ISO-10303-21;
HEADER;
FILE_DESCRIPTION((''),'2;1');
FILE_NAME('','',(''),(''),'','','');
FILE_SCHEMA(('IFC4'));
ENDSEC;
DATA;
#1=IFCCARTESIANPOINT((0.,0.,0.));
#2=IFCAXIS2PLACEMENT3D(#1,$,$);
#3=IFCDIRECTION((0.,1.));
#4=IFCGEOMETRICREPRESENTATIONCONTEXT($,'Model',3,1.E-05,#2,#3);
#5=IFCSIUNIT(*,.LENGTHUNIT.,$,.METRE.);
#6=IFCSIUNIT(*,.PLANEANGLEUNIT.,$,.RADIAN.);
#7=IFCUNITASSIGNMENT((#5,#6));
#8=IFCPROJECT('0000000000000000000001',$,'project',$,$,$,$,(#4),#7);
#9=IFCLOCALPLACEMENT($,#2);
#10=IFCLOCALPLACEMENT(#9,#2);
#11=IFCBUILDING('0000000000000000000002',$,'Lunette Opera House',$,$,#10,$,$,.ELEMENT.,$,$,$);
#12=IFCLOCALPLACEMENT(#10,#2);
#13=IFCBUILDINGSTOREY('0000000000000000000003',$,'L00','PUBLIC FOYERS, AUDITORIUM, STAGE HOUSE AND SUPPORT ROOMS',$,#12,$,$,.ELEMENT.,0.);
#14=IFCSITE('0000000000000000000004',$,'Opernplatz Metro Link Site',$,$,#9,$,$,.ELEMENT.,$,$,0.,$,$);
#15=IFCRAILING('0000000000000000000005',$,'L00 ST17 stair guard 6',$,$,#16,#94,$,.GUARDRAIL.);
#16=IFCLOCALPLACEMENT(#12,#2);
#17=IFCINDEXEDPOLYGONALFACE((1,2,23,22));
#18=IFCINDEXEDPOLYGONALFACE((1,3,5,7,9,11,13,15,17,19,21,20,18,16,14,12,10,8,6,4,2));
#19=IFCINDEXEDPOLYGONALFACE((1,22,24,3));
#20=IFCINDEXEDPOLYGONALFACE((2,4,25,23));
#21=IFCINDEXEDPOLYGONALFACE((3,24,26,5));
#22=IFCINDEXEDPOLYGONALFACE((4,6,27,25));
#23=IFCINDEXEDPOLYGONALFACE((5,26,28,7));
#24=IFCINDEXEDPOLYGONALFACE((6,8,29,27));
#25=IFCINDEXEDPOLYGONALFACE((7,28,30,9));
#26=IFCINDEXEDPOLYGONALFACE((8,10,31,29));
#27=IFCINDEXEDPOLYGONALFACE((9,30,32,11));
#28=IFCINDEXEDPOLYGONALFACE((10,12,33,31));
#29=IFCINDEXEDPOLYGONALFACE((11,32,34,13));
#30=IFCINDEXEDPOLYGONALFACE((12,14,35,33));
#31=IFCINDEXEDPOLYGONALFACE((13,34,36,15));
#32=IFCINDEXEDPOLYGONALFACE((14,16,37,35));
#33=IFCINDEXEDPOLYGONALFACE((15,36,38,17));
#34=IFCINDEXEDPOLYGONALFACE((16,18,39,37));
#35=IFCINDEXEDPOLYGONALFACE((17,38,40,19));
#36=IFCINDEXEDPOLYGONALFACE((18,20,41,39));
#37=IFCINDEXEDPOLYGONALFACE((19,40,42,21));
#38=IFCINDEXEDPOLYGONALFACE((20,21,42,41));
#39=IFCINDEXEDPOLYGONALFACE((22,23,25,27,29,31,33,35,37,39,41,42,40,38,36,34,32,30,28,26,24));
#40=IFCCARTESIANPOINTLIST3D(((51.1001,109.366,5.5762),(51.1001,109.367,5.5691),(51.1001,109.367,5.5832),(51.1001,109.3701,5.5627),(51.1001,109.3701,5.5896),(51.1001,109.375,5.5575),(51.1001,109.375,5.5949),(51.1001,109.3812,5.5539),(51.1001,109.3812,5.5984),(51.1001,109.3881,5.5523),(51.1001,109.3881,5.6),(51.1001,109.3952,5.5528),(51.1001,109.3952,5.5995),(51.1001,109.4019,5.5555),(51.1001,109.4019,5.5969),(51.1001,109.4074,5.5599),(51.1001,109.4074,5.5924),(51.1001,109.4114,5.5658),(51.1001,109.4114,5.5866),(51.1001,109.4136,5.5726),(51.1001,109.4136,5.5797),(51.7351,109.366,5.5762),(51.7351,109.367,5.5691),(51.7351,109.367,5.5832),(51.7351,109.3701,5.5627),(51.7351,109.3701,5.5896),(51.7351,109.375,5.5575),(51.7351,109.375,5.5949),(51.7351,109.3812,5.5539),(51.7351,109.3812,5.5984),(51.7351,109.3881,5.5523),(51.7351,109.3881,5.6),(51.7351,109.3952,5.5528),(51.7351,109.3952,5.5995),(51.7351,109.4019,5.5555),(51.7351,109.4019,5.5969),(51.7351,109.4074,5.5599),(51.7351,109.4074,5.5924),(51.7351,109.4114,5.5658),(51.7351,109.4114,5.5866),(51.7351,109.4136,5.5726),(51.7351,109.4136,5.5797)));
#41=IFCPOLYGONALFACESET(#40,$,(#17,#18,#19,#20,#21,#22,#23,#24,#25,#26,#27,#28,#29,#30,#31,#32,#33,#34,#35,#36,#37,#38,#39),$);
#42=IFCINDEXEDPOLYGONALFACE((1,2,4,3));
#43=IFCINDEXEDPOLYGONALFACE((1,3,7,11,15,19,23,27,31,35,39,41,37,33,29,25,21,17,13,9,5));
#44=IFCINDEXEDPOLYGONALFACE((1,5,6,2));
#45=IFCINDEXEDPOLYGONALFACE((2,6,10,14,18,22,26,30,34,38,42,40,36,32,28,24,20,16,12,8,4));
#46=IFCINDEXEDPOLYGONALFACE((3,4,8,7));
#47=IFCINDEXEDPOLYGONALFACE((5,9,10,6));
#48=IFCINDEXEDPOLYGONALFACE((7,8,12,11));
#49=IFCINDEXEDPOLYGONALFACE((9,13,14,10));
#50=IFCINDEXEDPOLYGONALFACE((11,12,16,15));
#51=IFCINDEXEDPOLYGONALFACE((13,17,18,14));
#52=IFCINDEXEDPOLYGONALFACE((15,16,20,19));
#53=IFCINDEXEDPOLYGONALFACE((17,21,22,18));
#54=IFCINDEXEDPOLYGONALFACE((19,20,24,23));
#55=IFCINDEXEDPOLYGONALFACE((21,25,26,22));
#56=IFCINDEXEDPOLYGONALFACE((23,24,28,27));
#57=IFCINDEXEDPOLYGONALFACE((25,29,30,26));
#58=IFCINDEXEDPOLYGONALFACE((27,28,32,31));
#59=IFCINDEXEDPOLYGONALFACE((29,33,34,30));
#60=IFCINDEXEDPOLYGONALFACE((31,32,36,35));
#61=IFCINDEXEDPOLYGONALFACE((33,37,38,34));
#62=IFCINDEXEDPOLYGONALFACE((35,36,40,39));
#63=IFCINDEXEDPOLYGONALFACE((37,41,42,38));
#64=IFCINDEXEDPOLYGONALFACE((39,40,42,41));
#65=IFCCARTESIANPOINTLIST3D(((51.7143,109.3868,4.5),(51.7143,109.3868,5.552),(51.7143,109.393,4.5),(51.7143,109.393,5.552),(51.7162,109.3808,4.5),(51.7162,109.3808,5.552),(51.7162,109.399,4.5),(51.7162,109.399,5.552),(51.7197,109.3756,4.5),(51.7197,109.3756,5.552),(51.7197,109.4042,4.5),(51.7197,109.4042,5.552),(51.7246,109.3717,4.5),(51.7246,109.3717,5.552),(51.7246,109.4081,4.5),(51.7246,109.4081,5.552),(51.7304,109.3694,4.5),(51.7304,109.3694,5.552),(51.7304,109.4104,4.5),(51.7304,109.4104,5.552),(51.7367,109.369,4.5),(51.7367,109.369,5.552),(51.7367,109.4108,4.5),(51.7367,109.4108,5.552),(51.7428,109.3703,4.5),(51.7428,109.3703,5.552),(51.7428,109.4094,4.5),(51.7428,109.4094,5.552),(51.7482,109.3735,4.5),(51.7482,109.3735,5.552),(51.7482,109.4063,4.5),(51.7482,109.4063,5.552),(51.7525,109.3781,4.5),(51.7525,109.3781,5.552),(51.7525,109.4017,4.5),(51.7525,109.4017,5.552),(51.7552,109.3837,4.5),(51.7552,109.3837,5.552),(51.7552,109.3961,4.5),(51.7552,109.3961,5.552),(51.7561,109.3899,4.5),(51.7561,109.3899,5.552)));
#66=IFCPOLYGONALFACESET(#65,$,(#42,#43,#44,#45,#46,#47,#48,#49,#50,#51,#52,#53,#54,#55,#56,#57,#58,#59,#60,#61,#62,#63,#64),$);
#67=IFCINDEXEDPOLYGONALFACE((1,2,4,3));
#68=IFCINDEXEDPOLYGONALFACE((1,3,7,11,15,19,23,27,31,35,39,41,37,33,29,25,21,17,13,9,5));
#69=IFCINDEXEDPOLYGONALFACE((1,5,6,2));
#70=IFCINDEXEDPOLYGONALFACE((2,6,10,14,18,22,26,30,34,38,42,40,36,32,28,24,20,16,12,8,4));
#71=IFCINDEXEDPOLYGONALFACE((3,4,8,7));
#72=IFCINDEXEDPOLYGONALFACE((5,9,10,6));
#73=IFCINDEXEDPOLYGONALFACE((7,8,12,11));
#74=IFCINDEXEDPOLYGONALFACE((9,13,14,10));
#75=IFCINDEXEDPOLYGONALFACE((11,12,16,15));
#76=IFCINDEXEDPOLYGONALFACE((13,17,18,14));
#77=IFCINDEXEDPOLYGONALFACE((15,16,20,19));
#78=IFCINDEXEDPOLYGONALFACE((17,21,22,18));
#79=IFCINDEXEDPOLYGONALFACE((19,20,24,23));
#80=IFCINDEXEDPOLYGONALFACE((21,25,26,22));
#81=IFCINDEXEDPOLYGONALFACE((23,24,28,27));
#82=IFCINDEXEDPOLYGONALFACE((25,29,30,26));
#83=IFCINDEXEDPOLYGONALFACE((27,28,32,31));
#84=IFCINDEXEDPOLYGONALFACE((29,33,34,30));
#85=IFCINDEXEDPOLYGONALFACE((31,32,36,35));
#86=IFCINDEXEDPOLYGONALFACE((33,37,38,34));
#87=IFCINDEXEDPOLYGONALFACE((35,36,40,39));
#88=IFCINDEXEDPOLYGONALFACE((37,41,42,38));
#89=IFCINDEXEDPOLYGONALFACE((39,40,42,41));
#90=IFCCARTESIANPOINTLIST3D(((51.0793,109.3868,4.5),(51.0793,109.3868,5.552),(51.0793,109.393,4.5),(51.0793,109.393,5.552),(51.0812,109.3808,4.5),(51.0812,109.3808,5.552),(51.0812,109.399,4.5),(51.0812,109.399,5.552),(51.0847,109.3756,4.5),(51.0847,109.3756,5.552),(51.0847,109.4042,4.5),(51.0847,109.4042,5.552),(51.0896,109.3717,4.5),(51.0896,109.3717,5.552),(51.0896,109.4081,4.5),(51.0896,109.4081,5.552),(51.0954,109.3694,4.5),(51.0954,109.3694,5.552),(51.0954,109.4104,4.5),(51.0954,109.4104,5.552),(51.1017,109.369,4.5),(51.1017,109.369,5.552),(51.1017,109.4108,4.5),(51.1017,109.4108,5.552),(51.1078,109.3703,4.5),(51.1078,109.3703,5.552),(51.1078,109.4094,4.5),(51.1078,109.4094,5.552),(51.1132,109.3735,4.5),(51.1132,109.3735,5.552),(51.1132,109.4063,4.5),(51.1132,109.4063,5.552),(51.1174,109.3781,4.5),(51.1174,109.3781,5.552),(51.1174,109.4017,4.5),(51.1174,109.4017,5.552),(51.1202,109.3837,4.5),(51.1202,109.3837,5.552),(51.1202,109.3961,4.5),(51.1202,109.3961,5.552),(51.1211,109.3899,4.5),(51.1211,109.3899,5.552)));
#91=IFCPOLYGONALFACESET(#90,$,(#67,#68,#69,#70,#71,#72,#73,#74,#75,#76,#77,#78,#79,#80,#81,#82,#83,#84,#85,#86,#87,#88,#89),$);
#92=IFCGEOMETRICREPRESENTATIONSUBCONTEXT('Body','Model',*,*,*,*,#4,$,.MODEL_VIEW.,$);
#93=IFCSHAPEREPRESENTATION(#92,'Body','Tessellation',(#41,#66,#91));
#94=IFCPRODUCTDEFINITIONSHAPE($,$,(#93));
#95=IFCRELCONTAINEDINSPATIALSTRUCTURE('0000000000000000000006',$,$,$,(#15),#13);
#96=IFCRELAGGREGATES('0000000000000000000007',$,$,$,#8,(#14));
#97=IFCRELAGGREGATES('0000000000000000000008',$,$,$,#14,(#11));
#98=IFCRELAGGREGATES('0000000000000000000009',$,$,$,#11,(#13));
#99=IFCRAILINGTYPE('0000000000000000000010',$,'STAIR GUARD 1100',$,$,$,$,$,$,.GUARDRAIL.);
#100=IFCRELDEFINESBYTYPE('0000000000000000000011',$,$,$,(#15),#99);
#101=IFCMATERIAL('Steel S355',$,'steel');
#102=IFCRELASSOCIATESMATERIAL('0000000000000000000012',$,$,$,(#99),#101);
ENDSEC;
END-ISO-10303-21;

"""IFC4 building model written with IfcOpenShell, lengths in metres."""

from ifc_helpers import new_model, si_unit, direction, frame, origin, origin_2d, place, context, subcontext, project, spatial, circle, extrude, material, type_object, element, save


model = new_model("IFC4")

# Units and contexts
model_context = context("Model", 3, precision=1e-05, world=origin(), true_north=direction((0.0, 1.0)))
body_context = subcontext(model_context, "Body", "Model", "MODEL_VIEW")
ifc_project = project(units=[si_unit("LENGTHUNIT", "METRE"), si_unit("PLANEANGLEUNIT", "RADIAN")], contexts=[model_context])

# Site, building, storey
site_placement = place(None, origin())
site = spatial("IfcSite", under=ifc_project, at=site_placement, Name="Opernplatz Metro Link Site", CompositionType="ELEMENT", RefElevation=0.0)
building_placement = place(site_placement, origin())
building = spatial("IfcBuilding", under=site, at=building_placement, Name="Lunette Opera House", CompositionType="ELEMENT")
storey_placement = place(building_placement, origin())
storey = spatial("IfcBuildingStorey", under=building, at=storey_placement, Name="L00", Description="PUBLIC FOYERS, AUDITORIUM, STAGE HOUSE AND SUPPORT ROOMS", CompositionType="ELEMENT", Elevation=0.0)

# Railing
ifc_material_1 = material(Name="Steel S355", Category="steel")
railing_type_1 = type_object("IfcRailingType", Name="STAIR GUARD 1100", PredefinedType="GUARDRAIL", material=ifc_material_1)
railing_1_placement = place(storey_placement, frame((51.7351, 109.3899, 4.5)))
element("IfcRailing", 1, at=railing_1_placement, inside=storey, type_object=railing_type_1, Name="L00 ST17 stair guard 6", PredefinedType="GUARDRAIL", context=body_context, shape_type="SweptSolid", body=[
    extrude(circle(Radius=0.0239, at=origin_2d()), frame((0.0, 0.0, 1.0762), z_axis=(-1.0, 0.0, 0.0), x_axis=(0.0, -1.0, 0.0)), (0.0, 0.0, 1.0), 0.635),
    extrude(circle(Radius=0.021, at=origin_2d()), origin(), (0.0, 0.0, 1.0), 1.052),
    extrude(circle(Radius=0.021, at=origin_2d()), frame((-0.635, 0.0, 0.0)), (0.0, 0.0, 1.0), 1.052),
])

save(model, "model.ifc")
